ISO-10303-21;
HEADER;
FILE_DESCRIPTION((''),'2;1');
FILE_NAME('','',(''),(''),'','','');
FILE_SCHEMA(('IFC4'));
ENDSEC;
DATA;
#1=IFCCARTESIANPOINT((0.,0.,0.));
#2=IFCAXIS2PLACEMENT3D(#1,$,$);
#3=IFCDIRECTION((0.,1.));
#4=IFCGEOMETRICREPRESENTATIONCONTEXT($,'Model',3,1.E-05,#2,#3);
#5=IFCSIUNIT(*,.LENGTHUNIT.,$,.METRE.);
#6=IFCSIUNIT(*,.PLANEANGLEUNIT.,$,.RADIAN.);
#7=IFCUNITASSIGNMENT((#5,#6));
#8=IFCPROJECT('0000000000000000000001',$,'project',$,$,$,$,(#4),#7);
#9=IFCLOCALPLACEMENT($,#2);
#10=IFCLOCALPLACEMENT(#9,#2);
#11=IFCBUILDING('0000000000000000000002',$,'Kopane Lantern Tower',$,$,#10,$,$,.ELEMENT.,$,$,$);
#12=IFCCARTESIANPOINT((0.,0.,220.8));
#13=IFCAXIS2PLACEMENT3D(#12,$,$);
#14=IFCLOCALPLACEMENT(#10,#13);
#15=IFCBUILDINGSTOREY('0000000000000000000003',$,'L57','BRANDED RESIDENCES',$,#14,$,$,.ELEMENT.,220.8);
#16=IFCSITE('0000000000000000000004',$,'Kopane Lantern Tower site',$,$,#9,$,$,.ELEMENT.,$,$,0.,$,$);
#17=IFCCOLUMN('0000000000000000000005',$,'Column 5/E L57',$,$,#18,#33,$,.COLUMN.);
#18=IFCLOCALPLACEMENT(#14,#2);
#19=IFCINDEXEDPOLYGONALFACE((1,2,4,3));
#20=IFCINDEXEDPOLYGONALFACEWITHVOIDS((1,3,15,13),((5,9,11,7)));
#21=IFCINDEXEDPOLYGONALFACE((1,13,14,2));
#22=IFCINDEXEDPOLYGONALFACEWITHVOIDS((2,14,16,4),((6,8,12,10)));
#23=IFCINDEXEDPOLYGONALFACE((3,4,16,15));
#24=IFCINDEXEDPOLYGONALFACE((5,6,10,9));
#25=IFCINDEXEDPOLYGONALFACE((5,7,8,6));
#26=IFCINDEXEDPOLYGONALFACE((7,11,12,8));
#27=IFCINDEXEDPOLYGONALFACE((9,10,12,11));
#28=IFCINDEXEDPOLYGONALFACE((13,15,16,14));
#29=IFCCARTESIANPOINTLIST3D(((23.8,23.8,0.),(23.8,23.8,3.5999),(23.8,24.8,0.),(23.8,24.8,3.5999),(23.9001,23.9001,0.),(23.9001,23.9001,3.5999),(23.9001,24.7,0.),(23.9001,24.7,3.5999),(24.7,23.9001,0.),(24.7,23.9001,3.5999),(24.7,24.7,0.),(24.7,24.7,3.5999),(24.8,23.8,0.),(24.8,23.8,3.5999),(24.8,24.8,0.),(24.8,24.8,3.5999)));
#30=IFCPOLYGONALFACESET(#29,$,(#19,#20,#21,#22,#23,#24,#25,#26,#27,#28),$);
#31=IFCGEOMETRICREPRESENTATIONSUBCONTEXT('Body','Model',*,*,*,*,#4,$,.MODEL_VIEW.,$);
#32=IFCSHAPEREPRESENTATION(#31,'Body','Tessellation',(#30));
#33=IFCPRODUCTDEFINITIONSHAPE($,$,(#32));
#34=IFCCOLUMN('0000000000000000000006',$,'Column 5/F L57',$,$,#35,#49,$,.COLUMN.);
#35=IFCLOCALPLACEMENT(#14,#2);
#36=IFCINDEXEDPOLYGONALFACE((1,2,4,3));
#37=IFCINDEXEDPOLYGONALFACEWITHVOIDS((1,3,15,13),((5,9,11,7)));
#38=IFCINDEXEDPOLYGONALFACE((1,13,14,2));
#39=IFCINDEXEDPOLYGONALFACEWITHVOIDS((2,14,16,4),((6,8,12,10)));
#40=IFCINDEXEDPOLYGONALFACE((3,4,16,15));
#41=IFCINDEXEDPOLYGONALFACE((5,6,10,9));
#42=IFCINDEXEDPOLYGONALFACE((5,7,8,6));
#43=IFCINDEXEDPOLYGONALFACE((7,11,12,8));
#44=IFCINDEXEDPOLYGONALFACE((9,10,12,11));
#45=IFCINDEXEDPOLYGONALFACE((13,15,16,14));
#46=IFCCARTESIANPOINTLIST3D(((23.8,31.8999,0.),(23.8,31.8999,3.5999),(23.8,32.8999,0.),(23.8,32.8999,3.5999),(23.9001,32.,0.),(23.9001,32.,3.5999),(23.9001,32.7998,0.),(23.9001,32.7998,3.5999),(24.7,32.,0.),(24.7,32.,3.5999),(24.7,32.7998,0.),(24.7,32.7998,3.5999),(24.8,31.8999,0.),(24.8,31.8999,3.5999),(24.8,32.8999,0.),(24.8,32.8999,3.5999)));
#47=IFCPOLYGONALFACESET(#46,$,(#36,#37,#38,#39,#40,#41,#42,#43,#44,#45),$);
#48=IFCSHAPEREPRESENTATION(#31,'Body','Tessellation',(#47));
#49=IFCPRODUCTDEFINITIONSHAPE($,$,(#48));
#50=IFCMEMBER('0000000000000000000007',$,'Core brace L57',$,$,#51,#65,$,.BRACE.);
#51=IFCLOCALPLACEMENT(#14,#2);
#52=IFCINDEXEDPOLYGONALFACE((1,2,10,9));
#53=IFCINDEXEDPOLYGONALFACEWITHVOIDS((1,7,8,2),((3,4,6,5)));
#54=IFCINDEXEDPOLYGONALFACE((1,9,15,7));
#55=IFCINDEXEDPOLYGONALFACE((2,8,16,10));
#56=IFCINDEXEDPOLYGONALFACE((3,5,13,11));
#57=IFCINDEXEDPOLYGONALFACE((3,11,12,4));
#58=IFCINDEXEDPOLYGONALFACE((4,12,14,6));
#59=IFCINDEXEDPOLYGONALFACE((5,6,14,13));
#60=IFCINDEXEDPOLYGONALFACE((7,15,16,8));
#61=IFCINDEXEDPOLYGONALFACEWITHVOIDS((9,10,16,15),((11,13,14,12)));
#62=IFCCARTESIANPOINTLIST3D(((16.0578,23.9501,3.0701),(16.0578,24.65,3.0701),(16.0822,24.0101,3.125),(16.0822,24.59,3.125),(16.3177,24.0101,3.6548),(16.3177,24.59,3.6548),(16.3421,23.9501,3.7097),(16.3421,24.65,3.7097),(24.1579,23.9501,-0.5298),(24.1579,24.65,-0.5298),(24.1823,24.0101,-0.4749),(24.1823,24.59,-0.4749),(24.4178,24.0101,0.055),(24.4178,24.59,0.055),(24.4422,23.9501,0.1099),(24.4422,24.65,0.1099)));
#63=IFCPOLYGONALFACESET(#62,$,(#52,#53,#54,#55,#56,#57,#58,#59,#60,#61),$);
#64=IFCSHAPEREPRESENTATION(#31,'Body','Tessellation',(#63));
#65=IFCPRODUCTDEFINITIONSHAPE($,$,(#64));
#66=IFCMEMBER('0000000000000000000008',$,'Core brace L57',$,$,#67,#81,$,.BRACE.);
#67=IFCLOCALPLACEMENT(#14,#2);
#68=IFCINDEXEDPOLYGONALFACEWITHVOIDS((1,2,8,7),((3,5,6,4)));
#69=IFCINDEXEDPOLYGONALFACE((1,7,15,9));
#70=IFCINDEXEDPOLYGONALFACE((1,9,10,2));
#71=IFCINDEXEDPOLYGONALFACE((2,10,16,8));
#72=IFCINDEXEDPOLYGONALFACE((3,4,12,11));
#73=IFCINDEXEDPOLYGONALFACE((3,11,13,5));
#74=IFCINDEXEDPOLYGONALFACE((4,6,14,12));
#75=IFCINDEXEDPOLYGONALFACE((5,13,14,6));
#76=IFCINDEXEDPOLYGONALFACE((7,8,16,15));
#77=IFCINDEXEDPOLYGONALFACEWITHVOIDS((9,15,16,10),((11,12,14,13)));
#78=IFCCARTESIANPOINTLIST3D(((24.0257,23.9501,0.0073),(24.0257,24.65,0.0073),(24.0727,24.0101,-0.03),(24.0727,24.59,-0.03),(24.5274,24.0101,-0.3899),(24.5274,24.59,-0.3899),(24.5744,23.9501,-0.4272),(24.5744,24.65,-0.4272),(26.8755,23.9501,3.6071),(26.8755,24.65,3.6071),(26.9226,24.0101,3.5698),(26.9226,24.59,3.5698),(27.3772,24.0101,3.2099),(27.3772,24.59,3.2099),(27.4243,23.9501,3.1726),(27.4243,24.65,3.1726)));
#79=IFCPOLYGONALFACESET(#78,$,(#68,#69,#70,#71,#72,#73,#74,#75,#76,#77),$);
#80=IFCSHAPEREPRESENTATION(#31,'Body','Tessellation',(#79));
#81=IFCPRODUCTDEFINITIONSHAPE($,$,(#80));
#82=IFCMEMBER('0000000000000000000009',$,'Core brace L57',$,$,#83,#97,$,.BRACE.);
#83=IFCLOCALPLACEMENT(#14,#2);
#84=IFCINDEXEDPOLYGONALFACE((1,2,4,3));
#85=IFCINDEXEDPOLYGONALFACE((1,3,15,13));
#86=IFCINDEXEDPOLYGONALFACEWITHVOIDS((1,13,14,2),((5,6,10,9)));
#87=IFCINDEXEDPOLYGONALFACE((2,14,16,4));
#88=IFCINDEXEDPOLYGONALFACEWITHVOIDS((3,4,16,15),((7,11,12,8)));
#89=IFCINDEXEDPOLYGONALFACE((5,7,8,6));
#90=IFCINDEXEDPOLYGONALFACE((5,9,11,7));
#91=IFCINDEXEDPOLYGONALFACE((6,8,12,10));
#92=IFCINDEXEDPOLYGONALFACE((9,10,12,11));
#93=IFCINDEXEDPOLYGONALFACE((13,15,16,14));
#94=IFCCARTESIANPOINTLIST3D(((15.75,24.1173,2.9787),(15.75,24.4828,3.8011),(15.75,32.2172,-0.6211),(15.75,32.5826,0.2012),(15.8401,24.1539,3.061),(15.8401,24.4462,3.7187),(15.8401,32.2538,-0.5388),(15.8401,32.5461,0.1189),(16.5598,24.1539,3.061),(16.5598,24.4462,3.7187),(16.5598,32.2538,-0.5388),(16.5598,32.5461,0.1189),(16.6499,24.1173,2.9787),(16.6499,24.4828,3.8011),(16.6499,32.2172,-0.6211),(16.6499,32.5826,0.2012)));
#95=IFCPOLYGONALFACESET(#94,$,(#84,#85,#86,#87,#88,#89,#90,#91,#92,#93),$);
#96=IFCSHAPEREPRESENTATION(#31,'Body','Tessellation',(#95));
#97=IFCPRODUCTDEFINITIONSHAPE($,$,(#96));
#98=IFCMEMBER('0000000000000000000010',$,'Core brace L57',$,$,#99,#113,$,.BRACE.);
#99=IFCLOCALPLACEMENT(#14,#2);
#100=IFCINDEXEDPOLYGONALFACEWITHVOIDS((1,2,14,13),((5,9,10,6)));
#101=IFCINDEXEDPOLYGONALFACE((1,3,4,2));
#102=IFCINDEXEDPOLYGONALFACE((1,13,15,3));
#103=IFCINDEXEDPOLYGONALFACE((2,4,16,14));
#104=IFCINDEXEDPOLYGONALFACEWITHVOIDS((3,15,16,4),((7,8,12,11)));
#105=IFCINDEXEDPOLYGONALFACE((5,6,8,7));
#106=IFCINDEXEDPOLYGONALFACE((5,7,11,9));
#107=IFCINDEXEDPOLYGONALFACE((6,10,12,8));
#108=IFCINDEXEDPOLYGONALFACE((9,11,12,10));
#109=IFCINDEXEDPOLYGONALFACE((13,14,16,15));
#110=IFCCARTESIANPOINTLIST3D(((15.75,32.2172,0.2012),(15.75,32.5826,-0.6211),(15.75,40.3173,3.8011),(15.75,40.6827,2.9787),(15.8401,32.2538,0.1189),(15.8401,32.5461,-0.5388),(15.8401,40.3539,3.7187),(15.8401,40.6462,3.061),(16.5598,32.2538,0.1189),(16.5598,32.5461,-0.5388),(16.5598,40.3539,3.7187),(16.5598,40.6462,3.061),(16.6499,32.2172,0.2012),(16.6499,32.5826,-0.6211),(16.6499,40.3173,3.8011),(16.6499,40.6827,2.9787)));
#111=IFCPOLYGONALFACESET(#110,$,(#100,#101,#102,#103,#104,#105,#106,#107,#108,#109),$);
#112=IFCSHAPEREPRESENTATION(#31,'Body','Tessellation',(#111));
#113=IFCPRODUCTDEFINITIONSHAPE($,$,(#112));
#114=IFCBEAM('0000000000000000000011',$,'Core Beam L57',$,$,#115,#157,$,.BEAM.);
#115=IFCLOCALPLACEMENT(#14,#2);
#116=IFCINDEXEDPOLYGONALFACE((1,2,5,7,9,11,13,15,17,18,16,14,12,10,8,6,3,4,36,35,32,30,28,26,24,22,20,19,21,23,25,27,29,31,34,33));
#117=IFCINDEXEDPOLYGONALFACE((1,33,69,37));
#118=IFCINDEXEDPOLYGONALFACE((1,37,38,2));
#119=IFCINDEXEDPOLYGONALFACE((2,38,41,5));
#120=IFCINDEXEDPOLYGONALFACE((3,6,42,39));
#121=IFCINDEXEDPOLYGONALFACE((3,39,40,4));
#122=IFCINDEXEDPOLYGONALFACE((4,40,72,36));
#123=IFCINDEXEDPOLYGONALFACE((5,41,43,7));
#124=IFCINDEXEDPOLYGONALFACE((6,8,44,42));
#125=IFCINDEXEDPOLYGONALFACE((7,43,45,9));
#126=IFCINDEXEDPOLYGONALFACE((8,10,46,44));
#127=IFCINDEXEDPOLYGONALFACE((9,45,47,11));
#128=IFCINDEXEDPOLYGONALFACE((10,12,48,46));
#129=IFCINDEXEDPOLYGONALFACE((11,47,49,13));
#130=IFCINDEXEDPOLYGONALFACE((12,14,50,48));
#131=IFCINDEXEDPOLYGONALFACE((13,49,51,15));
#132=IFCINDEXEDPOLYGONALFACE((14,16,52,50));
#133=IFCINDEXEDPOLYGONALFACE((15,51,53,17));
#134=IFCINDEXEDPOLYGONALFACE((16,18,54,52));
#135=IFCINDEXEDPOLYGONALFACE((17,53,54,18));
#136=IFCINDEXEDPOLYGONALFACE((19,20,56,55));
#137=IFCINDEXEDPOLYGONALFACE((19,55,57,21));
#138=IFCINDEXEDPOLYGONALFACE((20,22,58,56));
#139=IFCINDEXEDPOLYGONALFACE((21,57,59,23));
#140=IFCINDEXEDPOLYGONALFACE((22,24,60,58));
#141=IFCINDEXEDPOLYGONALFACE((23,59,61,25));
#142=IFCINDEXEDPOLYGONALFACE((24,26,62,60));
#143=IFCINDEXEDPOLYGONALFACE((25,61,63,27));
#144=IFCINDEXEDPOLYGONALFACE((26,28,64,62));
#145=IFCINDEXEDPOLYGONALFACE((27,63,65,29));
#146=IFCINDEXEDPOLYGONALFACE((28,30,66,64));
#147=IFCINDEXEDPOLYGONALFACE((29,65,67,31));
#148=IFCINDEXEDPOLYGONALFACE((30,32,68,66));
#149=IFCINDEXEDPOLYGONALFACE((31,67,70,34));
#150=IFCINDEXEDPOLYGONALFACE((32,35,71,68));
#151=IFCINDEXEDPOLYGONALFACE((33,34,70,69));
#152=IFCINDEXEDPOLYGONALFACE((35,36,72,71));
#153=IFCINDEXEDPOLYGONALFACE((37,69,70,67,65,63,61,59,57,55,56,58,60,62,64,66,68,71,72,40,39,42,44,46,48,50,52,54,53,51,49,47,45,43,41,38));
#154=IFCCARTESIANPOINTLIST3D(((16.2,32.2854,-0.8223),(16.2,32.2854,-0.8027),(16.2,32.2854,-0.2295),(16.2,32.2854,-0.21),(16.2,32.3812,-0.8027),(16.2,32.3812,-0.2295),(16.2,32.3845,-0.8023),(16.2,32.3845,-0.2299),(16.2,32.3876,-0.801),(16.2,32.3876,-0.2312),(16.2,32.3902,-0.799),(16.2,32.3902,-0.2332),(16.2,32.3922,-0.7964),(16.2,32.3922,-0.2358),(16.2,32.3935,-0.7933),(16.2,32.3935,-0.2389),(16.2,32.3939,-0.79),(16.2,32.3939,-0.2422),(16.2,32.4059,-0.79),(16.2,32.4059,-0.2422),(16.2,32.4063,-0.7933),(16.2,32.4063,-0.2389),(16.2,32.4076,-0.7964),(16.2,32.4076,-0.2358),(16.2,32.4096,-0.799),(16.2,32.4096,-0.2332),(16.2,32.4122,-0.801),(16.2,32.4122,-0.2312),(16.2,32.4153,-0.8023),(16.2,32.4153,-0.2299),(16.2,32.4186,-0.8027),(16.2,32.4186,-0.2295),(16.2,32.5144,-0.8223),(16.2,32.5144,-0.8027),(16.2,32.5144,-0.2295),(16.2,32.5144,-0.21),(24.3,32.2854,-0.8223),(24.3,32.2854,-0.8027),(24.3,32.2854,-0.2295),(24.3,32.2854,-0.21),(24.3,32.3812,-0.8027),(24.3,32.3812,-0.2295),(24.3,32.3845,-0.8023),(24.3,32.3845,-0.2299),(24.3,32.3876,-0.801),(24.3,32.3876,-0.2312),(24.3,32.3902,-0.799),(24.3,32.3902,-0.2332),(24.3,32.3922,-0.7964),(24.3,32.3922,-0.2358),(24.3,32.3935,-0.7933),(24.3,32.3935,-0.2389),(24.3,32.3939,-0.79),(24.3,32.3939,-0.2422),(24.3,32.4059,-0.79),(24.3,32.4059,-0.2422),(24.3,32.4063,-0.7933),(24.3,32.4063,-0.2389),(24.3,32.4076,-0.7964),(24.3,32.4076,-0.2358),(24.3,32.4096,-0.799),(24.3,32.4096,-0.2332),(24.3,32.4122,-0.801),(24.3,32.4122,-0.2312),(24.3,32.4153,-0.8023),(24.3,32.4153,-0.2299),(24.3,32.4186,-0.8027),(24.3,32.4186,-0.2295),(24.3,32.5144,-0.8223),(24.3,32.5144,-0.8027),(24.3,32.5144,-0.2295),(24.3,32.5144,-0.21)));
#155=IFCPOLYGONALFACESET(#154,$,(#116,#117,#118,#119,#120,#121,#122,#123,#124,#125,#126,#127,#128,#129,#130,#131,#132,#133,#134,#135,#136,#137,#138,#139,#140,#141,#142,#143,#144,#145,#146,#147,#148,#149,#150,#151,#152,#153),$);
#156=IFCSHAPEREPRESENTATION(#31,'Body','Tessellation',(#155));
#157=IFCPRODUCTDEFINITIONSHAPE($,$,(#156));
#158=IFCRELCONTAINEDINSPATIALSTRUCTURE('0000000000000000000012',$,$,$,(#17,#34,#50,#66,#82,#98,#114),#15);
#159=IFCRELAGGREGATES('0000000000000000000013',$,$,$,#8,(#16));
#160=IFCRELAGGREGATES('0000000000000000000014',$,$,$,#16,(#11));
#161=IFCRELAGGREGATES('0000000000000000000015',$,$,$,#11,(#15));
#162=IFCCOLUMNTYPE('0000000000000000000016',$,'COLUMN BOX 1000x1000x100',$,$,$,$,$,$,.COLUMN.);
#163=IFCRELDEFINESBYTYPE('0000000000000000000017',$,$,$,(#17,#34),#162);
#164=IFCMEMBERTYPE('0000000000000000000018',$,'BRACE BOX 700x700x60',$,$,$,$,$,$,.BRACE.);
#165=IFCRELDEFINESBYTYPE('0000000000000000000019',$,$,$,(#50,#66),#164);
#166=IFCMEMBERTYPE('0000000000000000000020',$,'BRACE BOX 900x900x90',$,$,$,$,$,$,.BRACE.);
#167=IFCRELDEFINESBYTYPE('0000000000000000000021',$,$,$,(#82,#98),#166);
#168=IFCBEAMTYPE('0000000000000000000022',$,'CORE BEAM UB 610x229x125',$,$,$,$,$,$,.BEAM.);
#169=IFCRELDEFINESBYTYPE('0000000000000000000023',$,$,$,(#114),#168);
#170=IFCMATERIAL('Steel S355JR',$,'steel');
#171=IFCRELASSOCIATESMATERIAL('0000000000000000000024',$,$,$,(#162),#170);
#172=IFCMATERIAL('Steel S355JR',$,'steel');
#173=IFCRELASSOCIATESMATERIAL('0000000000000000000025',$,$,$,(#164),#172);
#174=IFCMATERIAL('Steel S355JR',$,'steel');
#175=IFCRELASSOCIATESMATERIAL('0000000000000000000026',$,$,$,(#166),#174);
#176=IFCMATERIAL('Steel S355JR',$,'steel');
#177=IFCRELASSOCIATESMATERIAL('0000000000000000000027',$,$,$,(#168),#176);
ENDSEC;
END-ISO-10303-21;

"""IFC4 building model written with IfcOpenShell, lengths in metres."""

from ifc_helpers import new_model, si_unit, direction, frame, origin, origin_2d, place, context, subcontext, project, spatial, hollow_rectangle, i_section, extrude, material, material_profile, profile_set, type_object, element, save


model = new_model("IFC4")

# Units and contexts
model_context = context("Model", 3, precision=1e-05, world=origin(), true_north=direction((0.0, 1.0)))
body_context = subcontext(model_context, "Body", "Model", "MODEL_VIEW")
ifc_project = project(units=[si_unit("LENGTHUNIT", "METRE"), si_unit("PLANEANGLEUNIT", "RADIAN")], contexts=[model_context])

# Site, building, storey
site_placement = place(None, origin())
site = spatial("IfcSite", under=ifc_project, at=site_placement, Name="Kopane Lantern Tower site", CompositionType="ELEMENT", RefElevation=0.0)
building_placement = place(site_placement, origin())
building = spatial("IfcBuilding", under=site, at=building_placement, Name="Kopane Lantern Tower", CompositionType="ELEMENT")
storey_placement = place(building_placement, frame((0.0, 0.0, 220.8)))
storey = spatial("IfcBuildingStorey", under=building, at=storey_placement, Name="L57", Description="BRANDED RESIDENCES", CompositionType="ELEMENT", Elevation=220.8)

# Columns
ifc_material_1 = material(Name="Steel S355JR", Category="steel")
ifc_material_profile_1 = material_profile(ifc_material_1, hollow_rectangle(XDim=1.0, YDim=1.0, WallThickness=0.1001, at=origin_2d()), Name="BOX 1000x1000x100")
ifc_profile_set_1 = profile_set([ifc_material_profile_1], Name="Steel S355JR")
column_type = type_object("IfcColumnType", Name="COLUMN BOX 1000x1000x100", PredefinedType="COLUMN", material=ifc_profile_set_1)
for number, where, z_axis, x_axis, name in (
    (1, (24.3, 24.3, 0.0), (0.0, 0.0, 1.0), (1.0, 0.0, 0.0), "Column 5/E L57"),
    (2, (24.3, 32.3999, 0.0), (0.0, 0.0, 1.0), (1.0, 0.0, 0.0), "Column 5/F L57"),
):
    element("IfcColumn", number, at=place(storey_placement, frame(where, z_axis=z_axis, x_axis=x_axis)), inside=storey, type_object=column_type, Name=name, PredefinedType="COLUMN", context=body_context, shape_type="SweptSolid", body=[
        extrude(hollow_rectangle(XDim=1.0, YDim=1.0, WallThickness=0.1001, at=origin_2d()), origin(), (0.0, 0.0, 1.0), 3.5999),
    ])

# Members
ifc_material_2 = material(Name="Steel S355JR", Category="steel")
ifc_material_profile_2 = material_profile(ifc_material_2, hollow_rectangle(XDim=0.7, YDim=0.7, WallThickness=0.0601, at=origin_2d()), Name="BOX 700x700x60")
ifc_profile_set_2 = profile_set([ifc_material_profile_2], Name="Steel S355JR")
member_type_1 = type_object("IfcMemberType", Name="BRACE BOX 700x700x60", PredefinedType="BRACE", material=ifc_profile_set_2)
member_1_placement = place(storey_placement, frame((24.3, 24.3, -0.21), z_axis=(-0.913819, 0.0, 0.406121), x_axis=(0.0, -1.0, 0.0)))
element("IfcMember", 3, at=member_1_placement, inside=storey, type_object=member_type_1, Name="Core brace L57", PredefinedType="BRACE", context=body_context, shape_type="SweptSolid", body=[
    extrude(hollow_rectangle(XDim=0.7, YDim=0.7, WallThickness=0.0601, at=origin_2d()), origin(), (0.0, 0.0, 1.0), 8.864),
])
member_2_placement = place(storey_placement, frame((24.3, 24.3, -0.21), z_axis=(0.620699, 0.0, 0.784049), x_axis=(0.0, 1.0, 0.0)))
element("IfcMember", 4, at=member_2_placement, inside=storey, type_object=member_type_1, Name="Core brace L57", PredefinedType="BRACE", context=body_context, shape_type="SweptSolid", body=[
    extrude(hollow_rectangle(XDim=0.7, YDim=0.7, WallThickness=0.0601, at=origin_2d()), origin(), (0.0, 0.0, 1.0), 4.5913),
])
ifc_material_3 = material(Name="Steel S355JR", Category="steel")
ifc_material_profile_3 = material_profile(ifc_material_3, hollow_rectangle(XDim=0.8999, YDim=0.8999, WallThickness=0.0901, at=origin_2d()), Name="BOX 900x900x90")
ifc_profile_set_3 = profile_set([ifc_material_profile_3], Name="Steel S355JR")
member_type_2 = type_object("IfcMemberType", Name="BRACE BOX 900x900x90", PredefinedType="BRACE", material=ifc_profile_set_3)
member_3_placement = place(storey_placement, frame((16.2, 32.3999, -0.21), z_axis=(0.0, -0.913815, 0.406131), x_axis=(1.0, 0.0, 0.0)))
element("IfcMember", 5, at=member_3_placement, inside=storey, type_object=member_type_2, Name="Core brace L57", PredefinedType="BRACE", context=body_context, shape_type="SweptSolid", body=[
    extrude(hollow_rectangle(XDim=0.8999, YDim=0.8999, WallThickness=0.0901, at=origin_2d()), origin(), (0.0, 0.0, 1.0), 8.8638),
])
member_4_placement = place(storey_placement, frame((16.2, 32.3999, -0.21), z_axis=(0.0, 0.913819, 0.406121), x_axis=(-1.0, 0.0, 0.0)))
element("IfcMember", 6, at=member_4_placement, inside=storey, type_object=member_type_2, Name="Core brace L57", PredefinedType="BRACE", context=body_context, shape_type="SweptSolid", body=[
    extrude(hollow_rectangle(XDim=0.8999, YDim=0.8999, WallThickness=0.0901, at=origin_2d()), origin(), (0.0, 0.0, 1.0), 8.864),
])

# Beam
ifc_material_4 = material(Name="Steel S355JR", Category="steel")
ifc_material_profile_4 = material_profile(ifc_material_4, i_section(OverallWidth=0.229, OverallDepth=0.6123, WebThickness=0.012, FlangeThickness=0.0195, FilletRadius=0.0127, at=origin_2d()), Name="UB 610x229x125")
ifc_profile_set_4 = profile_set([ifc_material_profile_4], Name="Steel S355JR")
beam_type_1 = type_object("IfcBeamType", Name="CORE BEAM UB 610x229x125", PredefinedType="BEAM", material=ifc_profile_set_4)
beam_1_placement = place(storey_placement, frame((16.2, 32.3999, -0.5161), z_axis=(1.0, 0.0, 0.0), x_axis=(0.0, 1.0, 0.0)))
element("IfcBeam", 7, at=beam_1_placement, inside=storey, type_object=beam_type_1, Name="Core Beam L57", PredefinedType="BEAM", context=body_context, shape_type="SweptSolid", body=[
    extrude(i_section(OverallWidth=0.229, OverallDepth=0.6123, WebThickness=0.012, FlangeThickness=0.0195, FilletRadius=0.0127, at=origin_2d()), origin(), (0.0, 0.0, 1.0), 8.1001),
])

save(model, "model.ifc")
